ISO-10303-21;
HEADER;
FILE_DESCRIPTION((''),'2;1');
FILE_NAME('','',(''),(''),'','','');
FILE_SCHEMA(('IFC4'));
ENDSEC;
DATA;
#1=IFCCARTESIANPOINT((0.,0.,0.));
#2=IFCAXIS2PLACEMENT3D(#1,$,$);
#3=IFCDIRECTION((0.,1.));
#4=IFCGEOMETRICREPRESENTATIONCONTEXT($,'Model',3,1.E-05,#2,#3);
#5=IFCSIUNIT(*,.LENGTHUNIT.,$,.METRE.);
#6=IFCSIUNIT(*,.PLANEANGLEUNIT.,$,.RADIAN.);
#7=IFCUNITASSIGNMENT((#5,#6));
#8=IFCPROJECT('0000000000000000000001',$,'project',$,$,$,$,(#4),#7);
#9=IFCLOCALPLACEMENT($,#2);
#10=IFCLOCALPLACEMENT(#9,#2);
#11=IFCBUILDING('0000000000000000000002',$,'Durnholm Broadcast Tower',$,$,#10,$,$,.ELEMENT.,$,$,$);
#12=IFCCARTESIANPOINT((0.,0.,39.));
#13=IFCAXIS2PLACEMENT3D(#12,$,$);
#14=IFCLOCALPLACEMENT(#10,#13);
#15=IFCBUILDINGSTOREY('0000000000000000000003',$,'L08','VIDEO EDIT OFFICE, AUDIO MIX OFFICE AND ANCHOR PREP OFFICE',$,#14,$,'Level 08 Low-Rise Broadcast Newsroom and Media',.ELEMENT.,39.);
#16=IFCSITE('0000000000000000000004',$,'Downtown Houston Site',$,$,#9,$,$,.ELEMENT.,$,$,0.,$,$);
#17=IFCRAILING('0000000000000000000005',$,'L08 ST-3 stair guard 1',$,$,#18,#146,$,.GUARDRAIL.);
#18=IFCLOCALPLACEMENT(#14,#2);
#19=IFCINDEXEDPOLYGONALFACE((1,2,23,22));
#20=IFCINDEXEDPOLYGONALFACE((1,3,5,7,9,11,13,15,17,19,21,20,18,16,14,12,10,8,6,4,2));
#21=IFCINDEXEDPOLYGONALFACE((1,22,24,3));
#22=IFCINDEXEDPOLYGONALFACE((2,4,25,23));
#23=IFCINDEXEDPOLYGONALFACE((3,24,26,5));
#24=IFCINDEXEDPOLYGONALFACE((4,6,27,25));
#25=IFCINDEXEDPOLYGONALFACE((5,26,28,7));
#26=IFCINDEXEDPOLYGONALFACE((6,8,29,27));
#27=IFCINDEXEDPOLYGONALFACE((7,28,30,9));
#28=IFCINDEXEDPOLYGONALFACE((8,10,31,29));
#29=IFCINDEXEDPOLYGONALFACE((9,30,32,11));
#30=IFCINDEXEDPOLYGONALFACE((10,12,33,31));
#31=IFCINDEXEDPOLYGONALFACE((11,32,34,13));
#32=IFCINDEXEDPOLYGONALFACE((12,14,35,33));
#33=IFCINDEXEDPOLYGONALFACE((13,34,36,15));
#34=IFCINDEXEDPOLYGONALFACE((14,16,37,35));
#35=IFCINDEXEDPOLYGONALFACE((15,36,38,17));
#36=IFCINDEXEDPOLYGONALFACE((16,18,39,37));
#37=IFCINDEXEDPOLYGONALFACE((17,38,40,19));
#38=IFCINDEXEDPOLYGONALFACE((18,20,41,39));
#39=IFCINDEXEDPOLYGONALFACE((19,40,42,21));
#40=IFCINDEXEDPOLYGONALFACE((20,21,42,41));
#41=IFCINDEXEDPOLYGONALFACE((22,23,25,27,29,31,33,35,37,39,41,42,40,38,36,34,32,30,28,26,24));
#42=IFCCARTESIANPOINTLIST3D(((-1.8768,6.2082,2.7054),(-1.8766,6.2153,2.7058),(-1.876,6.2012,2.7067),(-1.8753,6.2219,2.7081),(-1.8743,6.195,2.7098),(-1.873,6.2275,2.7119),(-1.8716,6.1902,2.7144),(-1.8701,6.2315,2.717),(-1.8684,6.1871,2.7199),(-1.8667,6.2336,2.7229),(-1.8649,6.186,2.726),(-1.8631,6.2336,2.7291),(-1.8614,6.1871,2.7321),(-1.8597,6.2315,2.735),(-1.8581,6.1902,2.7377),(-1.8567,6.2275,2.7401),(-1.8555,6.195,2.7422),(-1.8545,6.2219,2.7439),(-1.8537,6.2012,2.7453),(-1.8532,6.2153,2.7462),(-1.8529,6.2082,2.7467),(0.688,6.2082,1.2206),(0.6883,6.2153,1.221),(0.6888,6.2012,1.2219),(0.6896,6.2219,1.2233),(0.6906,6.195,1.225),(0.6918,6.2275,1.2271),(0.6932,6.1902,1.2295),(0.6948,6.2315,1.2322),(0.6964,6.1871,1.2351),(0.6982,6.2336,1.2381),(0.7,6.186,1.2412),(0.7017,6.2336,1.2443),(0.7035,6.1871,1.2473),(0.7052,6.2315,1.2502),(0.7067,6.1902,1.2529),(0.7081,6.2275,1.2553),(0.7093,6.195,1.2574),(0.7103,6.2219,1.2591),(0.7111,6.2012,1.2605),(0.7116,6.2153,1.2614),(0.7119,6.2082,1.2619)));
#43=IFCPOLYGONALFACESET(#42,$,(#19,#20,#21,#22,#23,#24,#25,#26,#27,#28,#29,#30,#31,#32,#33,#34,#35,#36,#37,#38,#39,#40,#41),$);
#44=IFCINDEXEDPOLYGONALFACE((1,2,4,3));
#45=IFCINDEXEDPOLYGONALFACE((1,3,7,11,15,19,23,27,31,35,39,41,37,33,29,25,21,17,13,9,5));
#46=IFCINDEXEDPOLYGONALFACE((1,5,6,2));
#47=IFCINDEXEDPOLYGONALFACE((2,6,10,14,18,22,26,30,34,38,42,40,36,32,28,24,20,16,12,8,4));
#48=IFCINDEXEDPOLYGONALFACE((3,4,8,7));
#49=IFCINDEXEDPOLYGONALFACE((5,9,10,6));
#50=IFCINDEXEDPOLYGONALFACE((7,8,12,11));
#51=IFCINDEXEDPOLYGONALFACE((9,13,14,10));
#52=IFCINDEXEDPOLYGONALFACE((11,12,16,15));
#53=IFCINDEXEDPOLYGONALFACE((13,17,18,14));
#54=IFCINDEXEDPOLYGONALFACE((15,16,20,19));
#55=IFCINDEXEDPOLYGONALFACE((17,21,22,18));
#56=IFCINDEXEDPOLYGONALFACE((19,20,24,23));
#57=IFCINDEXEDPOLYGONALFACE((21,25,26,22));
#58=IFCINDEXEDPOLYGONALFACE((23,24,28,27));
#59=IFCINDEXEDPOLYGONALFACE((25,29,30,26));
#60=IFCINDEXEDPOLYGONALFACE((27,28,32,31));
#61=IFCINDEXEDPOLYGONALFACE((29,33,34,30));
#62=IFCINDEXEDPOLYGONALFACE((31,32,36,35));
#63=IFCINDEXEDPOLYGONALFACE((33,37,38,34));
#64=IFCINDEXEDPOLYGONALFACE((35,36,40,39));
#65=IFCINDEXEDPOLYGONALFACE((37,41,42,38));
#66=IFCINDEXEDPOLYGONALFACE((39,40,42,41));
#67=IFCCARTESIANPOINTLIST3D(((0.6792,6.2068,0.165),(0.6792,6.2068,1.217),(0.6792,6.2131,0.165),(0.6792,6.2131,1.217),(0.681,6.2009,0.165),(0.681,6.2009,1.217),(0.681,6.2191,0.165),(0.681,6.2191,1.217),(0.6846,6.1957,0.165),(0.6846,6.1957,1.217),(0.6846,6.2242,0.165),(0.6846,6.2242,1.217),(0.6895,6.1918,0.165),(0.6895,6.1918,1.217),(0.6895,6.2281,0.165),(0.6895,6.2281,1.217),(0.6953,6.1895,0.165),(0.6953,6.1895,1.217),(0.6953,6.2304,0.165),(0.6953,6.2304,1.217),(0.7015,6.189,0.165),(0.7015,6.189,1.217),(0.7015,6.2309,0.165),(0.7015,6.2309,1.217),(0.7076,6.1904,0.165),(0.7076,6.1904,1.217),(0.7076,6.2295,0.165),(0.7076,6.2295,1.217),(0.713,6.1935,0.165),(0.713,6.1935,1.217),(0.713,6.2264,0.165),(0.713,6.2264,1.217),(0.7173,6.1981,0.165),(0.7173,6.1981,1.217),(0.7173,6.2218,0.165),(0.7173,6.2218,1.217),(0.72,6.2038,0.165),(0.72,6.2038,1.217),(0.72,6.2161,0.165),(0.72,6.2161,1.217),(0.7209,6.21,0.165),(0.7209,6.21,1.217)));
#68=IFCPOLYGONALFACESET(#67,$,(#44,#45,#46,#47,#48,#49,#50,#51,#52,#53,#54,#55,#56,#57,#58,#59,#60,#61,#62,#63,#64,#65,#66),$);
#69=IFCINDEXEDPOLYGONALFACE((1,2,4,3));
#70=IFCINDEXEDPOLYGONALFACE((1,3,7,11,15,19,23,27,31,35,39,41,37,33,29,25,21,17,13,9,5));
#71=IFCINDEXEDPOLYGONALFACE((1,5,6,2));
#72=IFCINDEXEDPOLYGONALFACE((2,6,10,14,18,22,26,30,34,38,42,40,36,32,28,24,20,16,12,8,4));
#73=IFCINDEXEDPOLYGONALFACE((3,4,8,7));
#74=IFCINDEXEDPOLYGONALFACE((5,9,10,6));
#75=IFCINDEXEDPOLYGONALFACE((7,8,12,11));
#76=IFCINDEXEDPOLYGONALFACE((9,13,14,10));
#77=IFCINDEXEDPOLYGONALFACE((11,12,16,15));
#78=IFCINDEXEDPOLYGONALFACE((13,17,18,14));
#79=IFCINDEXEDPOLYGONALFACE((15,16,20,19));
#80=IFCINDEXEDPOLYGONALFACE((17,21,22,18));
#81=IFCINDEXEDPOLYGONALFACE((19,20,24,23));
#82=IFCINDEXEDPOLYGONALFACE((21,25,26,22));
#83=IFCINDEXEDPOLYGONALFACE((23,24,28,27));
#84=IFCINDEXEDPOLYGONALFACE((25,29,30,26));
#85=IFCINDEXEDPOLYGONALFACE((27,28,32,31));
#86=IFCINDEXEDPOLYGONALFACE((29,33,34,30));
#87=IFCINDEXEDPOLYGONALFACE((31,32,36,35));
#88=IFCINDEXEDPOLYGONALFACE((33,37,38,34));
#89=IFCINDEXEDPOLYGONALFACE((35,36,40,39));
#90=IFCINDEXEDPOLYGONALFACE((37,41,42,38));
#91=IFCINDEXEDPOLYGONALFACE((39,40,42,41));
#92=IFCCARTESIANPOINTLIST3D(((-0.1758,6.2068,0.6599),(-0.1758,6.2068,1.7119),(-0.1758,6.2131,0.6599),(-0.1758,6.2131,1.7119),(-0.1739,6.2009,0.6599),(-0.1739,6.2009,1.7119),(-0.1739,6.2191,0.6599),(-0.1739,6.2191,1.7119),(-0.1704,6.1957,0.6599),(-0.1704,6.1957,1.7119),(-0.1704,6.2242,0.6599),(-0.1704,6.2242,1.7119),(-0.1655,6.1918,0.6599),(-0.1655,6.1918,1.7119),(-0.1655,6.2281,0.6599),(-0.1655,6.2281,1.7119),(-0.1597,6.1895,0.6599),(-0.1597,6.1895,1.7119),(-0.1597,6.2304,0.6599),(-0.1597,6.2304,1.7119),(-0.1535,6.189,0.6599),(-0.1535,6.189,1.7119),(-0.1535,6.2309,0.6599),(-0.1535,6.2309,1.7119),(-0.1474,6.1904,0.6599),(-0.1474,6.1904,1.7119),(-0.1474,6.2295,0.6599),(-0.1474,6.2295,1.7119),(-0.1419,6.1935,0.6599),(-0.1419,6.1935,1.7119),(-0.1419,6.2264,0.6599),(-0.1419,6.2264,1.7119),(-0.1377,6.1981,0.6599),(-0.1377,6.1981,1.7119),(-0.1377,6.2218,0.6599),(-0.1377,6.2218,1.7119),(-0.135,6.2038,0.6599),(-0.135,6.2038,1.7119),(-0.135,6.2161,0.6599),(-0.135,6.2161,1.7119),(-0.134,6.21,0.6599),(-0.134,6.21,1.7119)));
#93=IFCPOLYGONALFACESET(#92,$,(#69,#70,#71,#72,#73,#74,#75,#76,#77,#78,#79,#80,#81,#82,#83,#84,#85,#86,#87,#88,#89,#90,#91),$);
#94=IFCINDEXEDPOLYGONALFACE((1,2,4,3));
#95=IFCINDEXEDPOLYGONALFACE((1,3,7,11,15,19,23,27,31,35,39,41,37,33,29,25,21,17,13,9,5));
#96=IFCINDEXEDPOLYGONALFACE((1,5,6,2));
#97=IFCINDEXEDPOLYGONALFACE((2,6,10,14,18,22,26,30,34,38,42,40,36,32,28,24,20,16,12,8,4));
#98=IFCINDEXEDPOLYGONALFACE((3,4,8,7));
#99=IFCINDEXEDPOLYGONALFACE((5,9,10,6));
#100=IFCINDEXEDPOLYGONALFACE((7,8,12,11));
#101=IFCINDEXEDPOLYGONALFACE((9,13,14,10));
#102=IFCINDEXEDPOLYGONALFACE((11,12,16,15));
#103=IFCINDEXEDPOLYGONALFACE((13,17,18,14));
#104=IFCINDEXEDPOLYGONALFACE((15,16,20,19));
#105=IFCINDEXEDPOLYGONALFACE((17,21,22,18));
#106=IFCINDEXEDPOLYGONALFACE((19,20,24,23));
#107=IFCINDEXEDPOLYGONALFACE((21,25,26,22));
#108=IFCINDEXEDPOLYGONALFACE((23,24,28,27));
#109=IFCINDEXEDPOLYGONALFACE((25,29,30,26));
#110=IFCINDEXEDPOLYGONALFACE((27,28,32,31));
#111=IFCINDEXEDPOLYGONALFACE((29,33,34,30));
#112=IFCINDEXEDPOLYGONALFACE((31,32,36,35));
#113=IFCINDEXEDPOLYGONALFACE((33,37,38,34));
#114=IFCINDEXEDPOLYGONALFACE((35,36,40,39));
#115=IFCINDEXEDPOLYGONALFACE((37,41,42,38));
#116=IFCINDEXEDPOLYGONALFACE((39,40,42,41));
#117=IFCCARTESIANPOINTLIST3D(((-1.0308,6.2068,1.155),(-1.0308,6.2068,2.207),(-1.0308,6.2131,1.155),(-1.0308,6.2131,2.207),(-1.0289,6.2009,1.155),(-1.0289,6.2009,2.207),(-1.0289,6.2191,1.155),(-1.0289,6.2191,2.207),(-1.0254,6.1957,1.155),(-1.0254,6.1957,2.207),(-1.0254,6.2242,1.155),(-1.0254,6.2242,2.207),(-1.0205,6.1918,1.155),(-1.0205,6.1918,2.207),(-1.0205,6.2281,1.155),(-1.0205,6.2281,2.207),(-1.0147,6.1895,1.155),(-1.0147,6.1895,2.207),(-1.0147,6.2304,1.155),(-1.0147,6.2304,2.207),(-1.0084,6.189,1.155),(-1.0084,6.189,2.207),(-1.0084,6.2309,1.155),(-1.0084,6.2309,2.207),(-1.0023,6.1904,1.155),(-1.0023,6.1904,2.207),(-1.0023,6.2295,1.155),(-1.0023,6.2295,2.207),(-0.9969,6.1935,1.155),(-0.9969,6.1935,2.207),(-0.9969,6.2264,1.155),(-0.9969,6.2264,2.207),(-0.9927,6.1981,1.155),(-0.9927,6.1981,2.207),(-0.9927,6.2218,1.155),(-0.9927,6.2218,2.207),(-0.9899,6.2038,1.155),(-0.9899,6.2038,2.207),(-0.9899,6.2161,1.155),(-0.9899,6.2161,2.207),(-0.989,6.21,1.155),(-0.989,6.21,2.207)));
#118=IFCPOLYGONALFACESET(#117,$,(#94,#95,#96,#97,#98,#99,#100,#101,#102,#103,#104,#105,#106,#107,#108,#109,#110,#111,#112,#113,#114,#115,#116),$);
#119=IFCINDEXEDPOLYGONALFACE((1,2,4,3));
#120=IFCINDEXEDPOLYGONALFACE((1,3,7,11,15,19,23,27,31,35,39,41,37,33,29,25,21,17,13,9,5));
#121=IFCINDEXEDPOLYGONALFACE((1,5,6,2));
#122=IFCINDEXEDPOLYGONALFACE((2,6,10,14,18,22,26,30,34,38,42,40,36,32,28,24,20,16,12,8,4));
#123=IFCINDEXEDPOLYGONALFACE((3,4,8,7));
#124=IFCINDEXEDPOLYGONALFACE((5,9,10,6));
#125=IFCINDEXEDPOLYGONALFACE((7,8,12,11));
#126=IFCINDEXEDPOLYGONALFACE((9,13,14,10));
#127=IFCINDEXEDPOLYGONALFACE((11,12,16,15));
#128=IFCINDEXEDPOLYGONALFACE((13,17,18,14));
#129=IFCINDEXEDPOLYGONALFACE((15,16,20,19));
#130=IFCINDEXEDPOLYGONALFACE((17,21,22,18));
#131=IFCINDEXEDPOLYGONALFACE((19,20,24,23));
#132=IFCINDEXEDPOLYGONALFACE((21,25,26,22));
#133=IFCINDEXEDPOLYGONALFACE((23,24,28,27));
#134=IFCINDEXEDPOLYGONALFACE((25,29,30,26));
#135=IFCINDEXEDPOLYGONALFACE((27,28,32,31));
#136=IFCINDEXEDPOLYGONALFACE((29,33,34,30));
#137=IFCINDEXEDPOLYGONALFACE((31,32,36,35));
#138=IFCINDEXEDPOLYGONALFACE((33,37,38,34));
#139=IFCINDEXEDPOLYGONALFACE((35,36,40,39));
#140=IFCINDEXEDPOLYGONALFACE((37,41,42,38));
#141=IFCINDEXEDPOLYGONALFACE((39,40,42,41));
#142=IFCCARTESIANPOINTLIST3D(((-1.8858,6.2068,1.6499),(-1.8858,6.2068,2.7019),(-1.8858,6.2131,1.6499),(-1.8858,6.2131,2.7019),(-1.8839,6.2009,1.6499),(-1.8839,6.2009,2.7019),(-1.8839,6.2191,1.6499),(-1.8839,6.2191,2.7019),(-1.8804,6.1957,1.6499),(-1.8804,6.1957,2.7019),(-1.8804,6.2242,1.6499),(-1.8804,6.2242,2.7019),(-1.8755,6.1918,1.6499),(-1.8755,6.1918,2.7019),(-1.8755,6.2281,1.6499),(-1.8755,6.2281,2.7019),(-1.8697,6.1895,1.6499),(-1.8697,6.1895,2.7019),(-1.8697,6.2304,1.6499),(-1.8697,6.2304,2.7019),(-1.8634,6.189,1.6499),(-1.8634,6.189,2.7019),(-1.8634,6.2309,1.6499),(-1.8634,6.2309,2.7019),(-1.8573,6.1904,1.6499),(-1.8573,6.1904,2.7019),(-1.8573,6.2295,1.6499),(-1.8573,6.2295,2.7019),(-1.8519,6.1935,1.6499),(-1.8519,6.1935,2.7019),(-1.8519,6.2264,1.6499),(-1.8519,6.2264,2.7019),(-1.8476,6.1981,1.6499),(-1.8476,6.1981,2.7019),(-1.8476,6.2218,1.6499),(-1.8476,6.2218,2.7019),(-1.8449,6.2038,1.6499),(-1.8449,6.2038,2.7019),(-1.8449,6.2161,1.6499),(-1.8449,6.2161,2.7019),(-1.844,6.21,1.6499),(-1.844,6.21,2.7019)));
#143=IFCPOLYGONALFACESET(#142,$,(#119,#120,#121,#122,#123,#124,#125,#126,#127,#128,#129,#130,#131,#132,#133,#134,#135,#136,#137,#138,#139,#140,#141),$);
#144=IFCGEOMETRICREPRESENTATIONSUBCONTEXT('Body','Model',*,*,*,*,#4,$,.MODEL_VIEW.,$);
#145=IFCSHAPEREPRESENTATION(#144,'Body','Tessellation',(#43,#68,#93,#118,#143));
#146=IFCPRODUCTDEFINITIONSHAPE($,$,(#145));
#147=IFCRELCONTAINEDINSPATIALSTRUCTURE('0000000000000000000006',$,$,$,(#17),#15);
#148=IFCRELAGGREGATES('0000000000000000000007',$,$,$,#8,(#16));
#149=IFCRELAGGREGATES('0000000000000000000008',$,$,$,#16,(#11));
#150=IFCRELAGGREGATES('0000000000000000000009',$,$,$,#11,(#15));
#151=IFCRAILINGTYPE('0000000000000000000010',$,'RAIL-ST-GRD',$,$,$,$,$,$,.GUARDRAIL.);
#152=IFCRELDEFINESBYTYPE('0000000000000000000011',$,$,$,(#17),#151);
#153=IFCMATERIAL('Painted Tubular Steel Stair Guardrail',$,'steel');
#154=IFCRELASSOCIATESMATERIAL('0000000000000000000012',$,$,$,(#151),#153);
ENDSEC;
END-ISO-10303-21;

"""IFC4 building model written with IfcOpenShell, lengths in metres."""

from ifc_helpers import new_model, si_unit, direction, frame, origin, origin_2d, place, context, subcontext, project, spatial, circle, extrude, material, type_object, element, save


model = new_model("IFC4")

# Units and contexts
model_context = context("Model", 3, precision=1e-05, world=origin(), true_north=direction((0.0, 1.0)))
body_context = subcontext(model_context, "Body", "Model", "MODEL_VIEW")
ifc_project = project(units=[si_unit("LENGTHUNIT", "METRE"), si_unit("PLANEANGLEUNIT", "RADIAN")], contexts=[model_context])

# Site, building, storey
site_placement = place(None, origin())
site = spatial("IfcSite", under=ifc_project, at=site_placement, Name="Downtown Houston Site", CompositionType="ELEMENT", RefElevation=0.0)
building_placement = place(site_placement, origin())
building = spatial("IfcBuilding", under=site, at=building_placement, Name="Durnholm Broadcast Tower", CompositionType="ELEMENT")
storey_placement = place(building_placement, frame((0.0, 0.0, 39.0)))
storey = spatial("IfcBuildingStorey", under=building, at=storey_placement, Name="L08", Description="VIDEO EDIT OFFICE, AUDIO MIX OFFICE AND ANCHOR PREP OFFICE", LongName="Level 08 Low-Rise Broadcast Newsroom and Media", CompositionType="ELEMENT", Elevation=39.0)

# Railing
ifc_material_1 = material(Name="Painted Tubular Steel Stair Guardrail", Category="steel")
railing_type_1 = type_object("IfcRailingType", Name="RAIL-ST-GRD", PredefinedType="GUARDRAIL", material=ifc_material_1)
railing_1_placement = place(storey_placement, frame((0.7, 6.21, 0.165)))
element("IfcRailing", 1, at=railing_1_placement, inside=storey, type_object=railing_type_1, Name="L08 ST-3 stair guard 1", PredefinedType="GUARDRAIL", context=body_context, shape_type="SweptSolid", body=[
    extrude(circle(Radius=0.0239, at=origin_2d()), frame((0.0, 0.0, 1.0762), z_axis=(-0.865441, 0.0, 0.50101), x_axis=(0.0, -1.0, 0.0)), (0.0, 0.0, 1.0), 2.9636),
    extrude(circle(Radius=0.021, at=origin_2d()), origin(), (0.0, 0.0, 1.0), 1.052),
    extrude(circle(Radius=0.021, at=origin_2d()), frame((-0.855, 0.0, 0.4949)), (0.0, 0.0, 1.0), 1.052),
    extrude(circle(Radius=0.021, at=origin_2d()), frame((-1.71, 0.0, 0.99)), (0.0, 0.0, 1.0), 1.052),
    extrude(circle(Radius=0.021, at=origin_2d()), frame((-2.5649, 0.0, 1.4849)), (0.0, 0.0, 1.0), 1.052),
])

save(model, "model.ifc")
